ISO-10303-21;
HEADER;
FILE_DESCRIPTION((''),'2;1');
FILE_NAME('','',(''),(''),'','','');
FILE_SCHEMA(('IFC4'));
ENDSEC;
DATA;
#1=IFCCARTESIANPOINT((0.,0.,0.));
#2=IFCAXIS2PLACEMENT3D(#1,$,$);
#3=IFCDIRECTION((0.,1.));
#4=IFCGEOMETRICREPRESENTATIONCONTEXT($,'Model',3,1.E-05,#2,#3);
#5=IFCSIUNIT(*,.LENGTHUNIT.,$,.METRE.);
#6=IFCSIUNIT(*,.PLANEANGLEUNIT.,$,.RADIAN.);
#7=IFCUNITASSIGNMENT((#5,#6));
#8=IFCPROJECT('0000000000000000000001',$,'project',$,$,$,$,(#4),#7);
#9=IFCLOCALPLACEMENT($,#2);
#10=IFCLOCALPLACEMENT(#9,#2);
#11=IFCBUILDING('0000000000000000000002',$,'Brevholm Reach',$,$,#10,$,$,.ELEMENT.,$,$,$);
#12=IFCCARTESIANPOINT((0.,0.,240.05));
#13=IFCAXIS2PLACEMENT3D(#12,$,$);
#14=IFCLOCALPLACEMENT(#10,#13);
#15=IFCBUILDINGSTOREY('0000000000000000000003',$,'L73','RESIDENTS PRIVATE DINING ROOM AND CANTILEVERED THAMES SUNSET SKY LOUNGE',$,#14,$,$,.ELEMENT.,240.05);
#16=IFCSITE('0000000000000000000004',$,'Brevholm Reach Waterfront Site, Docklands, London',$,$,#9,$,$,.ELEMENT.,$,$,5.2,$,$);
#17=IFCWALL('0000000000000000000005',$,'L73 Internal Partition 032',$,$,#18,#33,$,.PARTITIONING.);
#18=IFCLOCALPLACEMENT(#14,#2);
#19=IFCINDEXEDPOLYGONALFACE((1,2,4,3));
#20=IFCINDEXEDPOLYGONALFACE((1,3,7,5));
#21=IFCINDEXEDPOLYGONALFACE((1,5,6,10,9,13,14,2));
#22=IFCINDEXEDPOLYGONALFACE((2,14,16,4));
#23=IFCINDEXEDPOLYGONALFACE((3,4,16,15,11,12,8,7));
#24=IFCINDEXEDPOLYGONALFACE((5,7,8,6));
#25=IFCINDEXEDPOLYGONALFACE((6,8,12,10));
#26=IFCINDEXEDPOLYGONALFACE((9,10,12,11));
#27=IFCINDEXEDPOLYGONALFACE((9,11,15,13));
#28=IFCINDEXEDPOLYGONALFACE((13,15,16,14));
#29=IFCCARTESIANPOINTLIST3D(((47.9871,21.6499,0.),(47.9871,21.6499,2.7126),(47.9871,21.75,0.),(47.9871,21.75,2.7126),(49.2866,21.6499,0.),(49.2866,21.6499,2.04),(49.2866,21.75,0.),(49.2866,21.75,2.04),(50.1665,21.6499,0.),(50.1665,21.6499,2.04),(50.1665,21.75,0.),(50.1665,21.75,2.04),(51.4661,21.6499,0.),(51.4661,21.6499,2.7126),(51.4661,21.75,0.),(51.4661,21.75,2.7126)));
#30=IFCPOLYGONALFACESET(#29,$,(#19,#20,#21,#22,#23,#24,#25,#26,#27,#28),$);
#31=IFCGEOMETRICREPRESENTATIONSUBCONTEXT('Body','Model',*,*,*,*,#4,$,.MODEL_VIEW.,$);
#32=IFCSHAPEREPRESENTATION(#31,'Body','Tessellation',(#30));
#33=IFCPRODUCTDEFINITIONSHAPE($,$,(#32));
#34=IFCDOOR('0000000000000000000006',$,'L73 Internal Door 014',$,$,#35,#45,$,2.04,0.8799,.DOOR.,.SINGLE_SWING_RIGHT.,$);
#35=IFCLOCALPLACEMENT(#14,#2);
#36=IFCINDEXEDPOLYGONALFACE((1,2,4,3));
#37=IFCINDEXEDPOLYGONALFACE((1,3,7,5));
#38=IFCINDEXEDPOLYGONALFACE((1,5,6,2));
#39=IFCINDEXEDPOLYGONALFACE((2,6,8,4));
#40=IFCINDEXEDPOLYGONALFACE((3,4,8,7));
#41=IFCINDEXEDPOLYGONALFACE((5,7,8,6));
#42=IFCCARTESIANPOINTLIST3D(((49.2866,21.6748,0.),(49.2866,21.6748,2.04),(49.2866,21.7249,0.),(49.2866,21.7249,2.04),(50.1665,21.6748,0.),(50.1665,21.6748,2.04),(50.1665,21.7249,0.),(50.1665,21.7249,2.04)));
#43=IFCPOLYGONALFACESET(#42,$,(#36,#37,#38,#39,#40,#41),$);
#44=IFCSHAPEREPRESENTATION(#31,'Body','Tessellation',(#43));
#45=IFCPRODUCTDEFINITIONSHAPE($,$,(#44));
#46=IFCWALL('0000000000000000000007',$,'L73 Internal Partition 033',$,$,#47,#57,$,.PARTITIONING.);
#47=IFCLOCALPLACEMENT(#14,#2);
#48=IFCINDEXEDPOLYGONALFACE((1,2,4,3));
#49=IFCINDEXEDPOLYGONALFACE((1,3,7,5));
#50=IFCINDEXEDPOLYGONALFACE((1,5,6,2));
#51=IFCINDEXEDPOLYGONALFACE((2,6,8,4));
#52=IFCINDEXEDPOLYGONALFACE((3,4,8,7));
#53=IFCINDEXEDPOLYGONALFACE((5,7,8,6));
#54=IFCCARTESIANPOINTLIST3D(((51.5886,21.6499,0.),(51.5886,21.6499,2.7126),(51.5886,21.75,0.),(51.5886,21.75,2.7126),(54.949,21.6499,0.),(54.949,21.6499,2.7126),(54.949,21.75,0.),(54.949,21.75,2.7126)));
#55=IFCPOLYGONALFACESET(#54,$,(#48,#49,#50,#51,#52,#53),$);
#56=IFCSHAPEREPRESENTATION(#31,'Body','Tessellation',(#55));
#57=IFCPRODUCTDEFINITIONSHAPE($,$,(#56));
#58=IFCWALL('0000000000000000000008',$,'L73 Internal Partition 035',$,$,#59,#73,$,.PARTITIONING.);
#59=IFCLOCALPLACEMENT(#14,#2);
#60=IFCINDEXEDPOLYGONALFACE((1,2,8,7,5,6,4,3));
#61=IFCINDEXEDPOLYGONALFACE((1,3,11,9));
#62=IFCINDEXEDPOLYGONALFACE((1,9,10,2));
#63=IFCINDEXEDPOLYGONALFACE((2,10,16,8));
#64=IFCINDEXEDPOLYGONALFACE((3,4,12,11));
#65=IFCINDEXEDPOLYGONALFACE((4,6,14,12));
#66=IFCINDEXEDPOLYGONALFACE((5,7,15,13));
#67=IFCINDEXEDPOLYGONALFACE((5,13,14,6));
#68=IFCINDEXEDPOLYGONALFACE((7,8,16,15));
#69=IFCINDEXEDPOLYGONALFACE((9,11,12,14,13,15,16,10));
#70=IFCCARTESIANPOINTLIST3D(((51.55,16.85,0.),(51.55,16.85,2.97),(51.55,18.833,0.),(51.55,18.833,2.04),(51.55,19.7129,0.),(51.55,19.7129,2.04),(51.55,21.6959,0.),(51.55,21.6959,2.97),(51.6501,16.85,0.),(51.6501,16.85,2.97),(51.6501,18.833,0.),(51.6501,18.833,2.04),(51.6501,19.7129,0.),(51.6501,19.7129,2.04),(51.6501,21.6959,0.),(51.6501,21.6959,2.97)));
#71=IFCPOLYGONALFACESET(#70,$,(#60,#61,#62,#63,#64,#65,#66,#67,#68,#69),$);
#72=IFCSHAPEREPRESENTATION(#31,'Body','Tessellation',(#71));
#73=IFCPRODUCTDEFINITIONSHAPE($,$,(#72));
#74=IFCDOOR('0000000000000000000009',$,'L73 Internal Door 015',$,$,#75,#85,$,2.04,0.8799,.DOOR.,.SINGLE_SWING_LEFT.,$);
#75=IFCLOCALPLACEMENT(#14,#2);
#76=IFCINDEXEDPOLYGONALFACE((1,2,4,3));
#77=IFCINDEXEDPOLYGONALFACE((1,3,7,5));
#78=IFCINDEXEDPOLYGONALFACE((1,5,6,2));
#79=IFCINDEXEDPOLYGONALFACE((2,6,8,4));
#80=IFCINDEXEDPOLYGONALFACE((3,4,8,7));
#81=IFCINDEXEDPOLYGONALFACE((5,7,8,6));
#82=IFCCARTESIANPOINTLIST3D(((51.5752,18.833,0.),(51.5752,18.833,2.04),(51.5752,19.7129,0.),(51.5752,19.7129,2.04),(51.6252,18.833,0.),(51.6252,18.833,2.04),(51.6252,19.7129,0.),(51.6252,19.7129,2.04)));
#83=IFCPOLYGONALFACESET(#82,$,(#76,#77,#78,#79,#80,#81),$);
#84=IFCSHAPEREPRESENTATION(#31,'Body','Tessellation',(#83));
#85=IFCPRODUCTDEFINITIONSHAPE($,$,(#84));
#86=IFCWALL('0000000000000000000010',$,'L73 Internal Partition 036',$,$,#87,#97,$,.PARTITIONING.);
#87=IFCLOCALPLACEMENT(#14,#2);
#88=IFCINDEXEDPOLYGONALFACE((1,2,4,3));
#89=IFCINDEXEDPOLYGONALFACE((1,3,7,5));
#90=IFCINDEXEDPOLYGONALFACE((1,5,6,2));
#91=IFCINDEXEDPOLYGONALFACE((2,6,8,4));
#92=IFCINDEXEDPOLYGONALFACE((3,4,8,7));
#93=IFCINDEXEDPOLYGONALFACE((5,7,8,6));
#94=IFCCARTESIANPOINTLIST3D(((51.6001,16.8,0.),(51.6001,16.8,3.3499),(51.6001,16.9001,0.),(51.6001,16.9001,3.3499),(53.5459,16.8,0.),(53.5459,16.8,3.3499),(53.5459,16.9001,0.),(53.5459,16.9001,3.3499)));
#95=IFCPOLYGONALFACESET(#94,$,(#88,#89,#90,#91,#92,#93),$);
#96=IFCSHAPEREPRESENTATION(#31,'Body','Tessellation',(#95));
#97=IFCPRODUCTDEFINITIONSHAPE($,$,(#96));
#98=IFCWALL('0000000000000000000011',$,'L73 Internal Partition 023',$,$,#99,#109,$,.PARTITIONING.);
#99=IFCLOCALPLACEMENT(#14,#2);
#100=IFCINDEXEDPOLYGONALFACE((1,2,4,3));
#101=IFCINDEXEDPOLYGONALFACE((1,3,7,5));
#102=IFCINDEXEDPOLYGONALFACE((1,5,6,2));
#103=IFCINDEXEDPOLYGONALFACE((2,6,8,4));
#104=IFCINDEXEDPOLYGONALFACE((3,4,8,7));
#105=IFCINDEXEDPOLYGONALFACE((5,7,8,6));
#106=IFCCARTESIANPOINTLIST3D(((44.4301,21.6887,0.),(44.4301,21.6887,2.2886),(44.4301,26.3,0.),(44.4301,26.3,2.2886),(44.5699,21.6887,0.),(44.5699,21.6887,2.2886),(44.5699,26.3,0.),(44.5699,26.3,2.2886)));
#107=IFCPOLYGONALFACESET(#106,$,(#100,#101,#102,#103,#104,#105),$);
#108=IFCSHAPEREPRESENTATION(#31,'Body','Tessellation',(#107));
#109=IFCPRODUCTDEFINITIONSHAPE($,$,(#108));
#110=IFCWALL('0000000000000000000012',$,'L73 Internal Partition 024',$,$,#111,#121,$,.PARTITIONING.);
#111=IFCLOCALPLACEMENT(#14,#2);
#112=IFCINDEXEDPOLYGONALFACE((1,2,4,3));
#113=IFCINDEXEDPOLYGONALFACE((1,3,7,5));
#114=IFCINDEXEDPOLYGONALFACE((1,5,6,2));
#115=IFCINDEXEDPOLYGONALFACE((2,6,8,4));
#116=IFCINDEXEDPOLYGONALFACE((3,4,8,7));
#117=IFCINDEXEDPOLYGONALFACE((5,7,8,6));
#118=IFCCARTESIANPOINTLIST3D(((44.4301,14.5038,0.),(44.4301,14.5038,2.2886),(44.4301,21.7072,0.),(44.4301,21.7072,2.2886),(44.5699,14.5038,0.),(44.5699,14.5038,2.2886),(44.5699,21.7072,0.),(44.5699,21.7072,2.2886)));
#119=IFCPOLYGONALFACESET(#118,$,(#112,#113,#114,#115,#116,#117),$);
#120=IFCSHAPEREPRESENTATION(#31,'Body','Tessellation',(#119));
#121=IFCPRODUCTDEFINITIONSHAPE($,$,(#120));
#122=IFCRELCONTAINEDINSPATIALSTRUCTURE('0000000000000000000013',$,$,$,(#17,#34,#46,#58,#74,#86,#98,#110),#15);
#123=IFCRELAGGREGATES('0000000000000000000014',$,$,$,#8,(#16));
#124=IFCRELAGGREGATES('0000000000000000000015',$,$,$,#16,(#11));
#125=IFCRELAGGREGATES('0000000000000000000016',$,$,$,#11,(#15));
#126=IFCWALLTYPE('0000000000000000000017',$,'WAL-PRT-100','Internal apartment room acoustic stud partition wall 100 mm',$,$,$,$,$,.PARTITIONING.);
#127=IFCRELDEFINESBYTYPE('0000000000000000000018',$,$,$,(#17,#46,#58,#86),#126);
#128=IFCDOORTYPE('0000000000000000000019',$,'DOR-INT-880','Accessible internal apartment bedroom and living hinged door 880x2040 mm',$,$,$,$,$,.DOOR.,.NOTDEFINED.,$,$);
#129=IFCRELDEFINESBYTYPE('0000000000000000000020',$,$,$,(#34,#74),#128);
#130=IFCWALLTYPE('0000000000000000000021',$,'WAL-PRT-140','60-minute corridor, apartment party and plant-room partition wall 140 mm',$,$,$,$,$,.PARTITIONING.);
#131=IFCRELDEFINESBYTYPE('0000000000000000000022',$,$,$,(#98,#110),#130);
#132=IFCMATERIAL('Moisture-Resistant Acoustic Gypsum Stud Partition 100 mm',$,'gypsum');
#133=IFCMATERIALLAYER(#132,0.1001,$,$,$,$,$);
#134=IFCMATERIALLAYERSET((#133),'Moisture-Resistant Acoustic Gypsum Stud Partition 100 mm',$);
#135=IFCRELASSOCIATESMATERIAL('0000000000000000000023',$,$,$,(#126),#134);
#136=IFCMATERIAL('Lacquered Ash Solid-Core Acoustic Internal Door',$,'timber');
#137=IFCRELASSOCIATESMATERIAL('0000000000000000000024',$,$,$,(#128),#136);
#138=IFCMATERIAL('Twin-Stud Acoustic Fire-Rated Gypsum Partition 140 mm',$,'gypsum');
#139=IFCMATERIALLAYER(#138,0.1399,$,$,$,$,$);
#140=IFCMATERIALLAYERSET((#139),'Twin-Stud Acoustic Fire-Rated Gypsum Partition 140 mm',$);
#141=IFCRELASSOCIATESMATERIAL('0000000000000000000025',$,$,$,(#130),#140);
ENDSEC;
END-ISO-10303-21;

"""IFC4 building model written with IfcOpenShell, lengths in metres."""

from ifc_helpers import new_model, si_unit, direction, frame, frame_2d, origin, place, context, subcontext, project, spatial, rectangle, extrude, material, layer, layer_set, type_object, element, fill, save


model = new_model("IFC4")

# Units and contexts
model_context = context("Model", 3, precision=1e-05, world=origin(), true_north=direction((0.0, 1.0)))
body_context = subcontext(model_context, "Body", "Model", "MODEL_VIEW")
ifc_project = project(units=[si_unit("LENGTHUNIT", "METRE"), si_unit("PLANEANGLEUNIT", "RADIAN")], contexts=[model_context])

# Site, building, storey
site_placement = place(None, origin())
site = spatial("IfcSite", under=ifc_project, at=site_placement, Name="Brevholm Reach Waterfront Site, Docklands, London", CompositionType="ELEMENT", RefElevation=5.2)
building_placement = place(site_placement, origin())
building = spatial("IfcBuilding", under=site, at=building_placement, Name="Brevholm Reach", CompositionType="ELEMENT")
storey_placement = place(building_placement, frame((0.0, 0.0, 240.05)))
storey = spatial("IfcBuildingStorey", under=building, at=storey_placement, Name="L73", Description="RESIDENTS PRIVATE DINING ROOM AND CANTILEVERED THAMES SUNSET SKY LOUNGE", CompositionType="ELEMENT", Elevation=240.05)

# Shared definitions
ifc_material_1 = material(Name="Moisture-Resistant Acoustic Gypsum Stud Partition 100 mm", Category="gypsum")
ifc_layer_1 = layer(ifc_material_1, 0.1001)
ifc_layer_set_1 = layer_set([ifc_layer_1], Name="Moisture-Resistant Acoustic Gypsum Stud Partition 100 mm")
wall_type_1 = type_object("IfcWallType", Name="WAL-PRT-100", Description="Internal apartment room acoustic stud partition wall 100 mm", PredefinedType="PARTITIONING", material=ifc_layer_set_1)

# Wall, opening, door
ifc_material_2 = material(Name="Lacquered Ash Solid-Core Acoustic Internal Door", Category="timber")
door_type_1 = type_object("IfcDoorType", Name="DOR-INT-880", Description="Accessible internal apartment bedroom and living hinged door 880x2040 mm", OperationType="NOTDEFINED", PredefinedType="DOOR", material=ifc_material_2)
wall_1_placement = place(storey_placement, frame((47.9871, 21.7, 0.0), z_axis=(0.0, 0.0, 1.0), x_axis=(1.0, 0.0, 0.0)))
wall_1 = element("IfcWall", 1, at=wall_1_placement, inside=storey, type_object=wall_type_1, Name="L73 Internal Partition 032", PredefinedType="PARTITIONING", context=body_context, shape_type="SweptSolid", body=[
    extrude(rectangle(XDim=3.479, YDim=0.1001, at=frame_2d((1.7395, 0.0))), origin(), (0.0, 0.0, 1.0), 2.7126),
])
opening_1_placement = place(wall_1_placement, frame((1.2996, 0.0, 0.0)))
opening_1 = element("IfcOpeningElement", 2, at=opening_1_placement, cuts=wall_1, PredefinedType="OPENING", context=body_context, shape_type="SweptSolid", body=[
    extrude(rectangle(XDim=0.8799, YDim=2.04, at=frame_2d((0.4399, 1.02))), frame((0.0, 0.0601, 0.0), z_axis=(0.0, -1.0, 0.0), x_axis=(1.0, 0.0, 0.0)), (0.0, 0.0, 1.0), 0.1201),
])
door_1_placement = place(opening_1_placement, origin())
door_1 = element("IfcDoor", 3, at=door_1_placement, inside=storey, type_object=door_type_1, Name="L73 Internal Door 014", OperationType="SINGLE_SWING_RIGHT", OverallHeight=2.04, OverallWidth=0.8799, PredefinedType="DOOR", context=body_context, shape_type="SweptSolid", body=[
    extrude(rectangle(XDim=0.8799, YDim=2.04, at=frame_2d((0.4399, 1.02))), frame((0.0, 0.0249, 0.0), z_axis=(0.0, -1.0, 0.0), x_axis=(1.0, 0.0, 0.0)), (0.0, 0.0, 1.0), 0.05),
])
fill(opening_1, door_1)

# Wall
wall_2_placement = place(storey_placement, frame((51.5886, 21.7, 0.0), z_axis=(0.0, 0.0, 1.0), x_axis=(1.0, 0.0, 0.0)))
element("IfcWall", 4, at=wall_2_placement, inside=storey, type_object=wall_type_1, Name="L73 Internal Partition 033", PredefinedType="PARTITIONING", context=body_context, shape_type="SweptSolid", body=[
    extrude(rectangle(XDim=3.3604, YDim=0.1001, at=frame_2d((1.6802, 0.0))), origin(), (0.0, 0.0, 1.0), 2.7126),
])

# Wall, opening, door
wall_3_placement = place(storey_placement, frame((51.6001, 16.8501, 0.0), z_axis=(0.0, 0.0, 1.0), x_axis=(0.0, 1.0, 0.0)))
wall_3 = element("IfcWall", 5, at=wall_3_placement, inside=storey, type_object=wall_type_1, Name="L73 Internal Partition 035", PredefinedType="PARTITIONING", context=body_context, shape_type="SweptSolid", body=[
    extrude(rectangle(XDim=4.8459, YDim=0.1001, at=frame_2d((2.4229, 0.0))), origin(), (0.0, 0.0, 1.0), 2.97),
])
opening_2_placement = place(wall_3_placement, frame((1.9829, 0.0, 0.0)))
opening_2 = element("IfcOpeningElement", 6, at=opening_2_placement, cuts=wall_3, PredefinedType="OPENING", context=body_context, shape_type="SweptSolid", body=[
    extrude(rectangle(XDim=0.8799, YDim=2.04, at=frame_2d((0.4399, 1.02))), frame((0.0, 0.0601, 0.0), z_axis=(0.0, -1.0, 0.0), x_axis=(1.0, 0.0, 0.0)), (0.0, 0.0, 1.0), 0.1201),
])
door_2_placement = place(opening_2_placement, origin())
door_2 = element("IfcDoor", 7, at=door_2_placement, inside=storey, type_object=door_type_1, Name="L73 Internal Door 015", OperationType="SINGLE_SWING_LEFT", OverallHeight=2.04, OverallWidth=0.8799, PredefinedType="DOOR", context=body_context, shape_type="SweptSolid", body=[
    extrude(rectangle(XDim=0.8799, YDim=2.04, at=frame_2d((0.4399, 1.02))), frame((0.0, 0.0249, 0.0), z_axis=(0.0, -1.0, 0.0), x_axis=(1.0, 0.0, 0.0)), (0.0, 0.0, 1.0), 0.05),
])
fill(opening_2, door_2)

# Walls
wall_4_placement = place(storey_placement, frame((51.6001, 16.8501, 0.0), z_axis=(0.0, 0.0, 1.0), x_axis=(1.0, 0.0, 0.0)))
element("IfcWall", 8, at=wall_4_placement, inside=storey, type_object=wall_type_1, Name="L73 Internal Partition 036", PredefinedType="PARTITIONING", context=body_context, shape_type="SweptSolid", body=[
    extrude(rectangle(XDim=1.9458, YDim=0.1001, at=frame_2d((0.9729, 0.0))), origin(), (0.0, 0.0, 1.0), 3.3499),
])
ifc_material_3 = material(Name="Twin-Stud Acoustic Fire-Rated Gypsum Partition 140 mm", Category="gypsum")
ifc_layer_2 = layer(ifc_material_3, 0.1399)
ifc_layer_set_2 = layer_set([ifc_layer_2], Name="Twin-Stud Acoustic Fire-Rated Gypsum Partition 140 mm")
wall_type_2 = type_object("IfcWallType", Name="WAL-PRT-140", Description="60-minute corridor, apartment party and plant-room partition wall 140 mm", PredefinedType="PARTITIONING", material=ifc_layer_set_2)
wall_5_placement = place(storey_placement, frame((44.5, 21.6887, 0.0), z_axis=(0.0, 0.0, 1.0), x_axis=(0.0, 1.0, 0.0)))
element("IfcWall", 9, at=wall_5_placement, inside=storey, type_object=wall_type_2, Name="L73 Internal Partition 023", PredefinedType="PARTITIONING", context=body_context, shape_type="SweptSolid", body=[
    extrude(rectangle(XDim=4.6113, YDim=0.1399, at=frame_2d((2.3057, 0.0))), origin(), (0.0, 0.0, 1.0), 2.2886),
])
wall_6_placement = place(storey_placement, frame((44.5, 14.5039, 0.0), z_axis=(0.0, 0.0, 1.0), x_axis=(0.0, 1.0, 0.0)))
element("IfcWall", 10, at=wall_6_placement, inside=storey, type_object=wall_type_2, Name="L73 Internal Partition 024", PredefinedType="PARTITIONING", context=body_context, shape_type="SweptSolid", body=[
    extrude(rectangle(XDim=7.2034, YDim=0.1399, at=frame_2d((3.6016, 0.0))), origin(), (0.0, 0.0, 1.0), 2.2886),
])

save(model, "model.ifc")
